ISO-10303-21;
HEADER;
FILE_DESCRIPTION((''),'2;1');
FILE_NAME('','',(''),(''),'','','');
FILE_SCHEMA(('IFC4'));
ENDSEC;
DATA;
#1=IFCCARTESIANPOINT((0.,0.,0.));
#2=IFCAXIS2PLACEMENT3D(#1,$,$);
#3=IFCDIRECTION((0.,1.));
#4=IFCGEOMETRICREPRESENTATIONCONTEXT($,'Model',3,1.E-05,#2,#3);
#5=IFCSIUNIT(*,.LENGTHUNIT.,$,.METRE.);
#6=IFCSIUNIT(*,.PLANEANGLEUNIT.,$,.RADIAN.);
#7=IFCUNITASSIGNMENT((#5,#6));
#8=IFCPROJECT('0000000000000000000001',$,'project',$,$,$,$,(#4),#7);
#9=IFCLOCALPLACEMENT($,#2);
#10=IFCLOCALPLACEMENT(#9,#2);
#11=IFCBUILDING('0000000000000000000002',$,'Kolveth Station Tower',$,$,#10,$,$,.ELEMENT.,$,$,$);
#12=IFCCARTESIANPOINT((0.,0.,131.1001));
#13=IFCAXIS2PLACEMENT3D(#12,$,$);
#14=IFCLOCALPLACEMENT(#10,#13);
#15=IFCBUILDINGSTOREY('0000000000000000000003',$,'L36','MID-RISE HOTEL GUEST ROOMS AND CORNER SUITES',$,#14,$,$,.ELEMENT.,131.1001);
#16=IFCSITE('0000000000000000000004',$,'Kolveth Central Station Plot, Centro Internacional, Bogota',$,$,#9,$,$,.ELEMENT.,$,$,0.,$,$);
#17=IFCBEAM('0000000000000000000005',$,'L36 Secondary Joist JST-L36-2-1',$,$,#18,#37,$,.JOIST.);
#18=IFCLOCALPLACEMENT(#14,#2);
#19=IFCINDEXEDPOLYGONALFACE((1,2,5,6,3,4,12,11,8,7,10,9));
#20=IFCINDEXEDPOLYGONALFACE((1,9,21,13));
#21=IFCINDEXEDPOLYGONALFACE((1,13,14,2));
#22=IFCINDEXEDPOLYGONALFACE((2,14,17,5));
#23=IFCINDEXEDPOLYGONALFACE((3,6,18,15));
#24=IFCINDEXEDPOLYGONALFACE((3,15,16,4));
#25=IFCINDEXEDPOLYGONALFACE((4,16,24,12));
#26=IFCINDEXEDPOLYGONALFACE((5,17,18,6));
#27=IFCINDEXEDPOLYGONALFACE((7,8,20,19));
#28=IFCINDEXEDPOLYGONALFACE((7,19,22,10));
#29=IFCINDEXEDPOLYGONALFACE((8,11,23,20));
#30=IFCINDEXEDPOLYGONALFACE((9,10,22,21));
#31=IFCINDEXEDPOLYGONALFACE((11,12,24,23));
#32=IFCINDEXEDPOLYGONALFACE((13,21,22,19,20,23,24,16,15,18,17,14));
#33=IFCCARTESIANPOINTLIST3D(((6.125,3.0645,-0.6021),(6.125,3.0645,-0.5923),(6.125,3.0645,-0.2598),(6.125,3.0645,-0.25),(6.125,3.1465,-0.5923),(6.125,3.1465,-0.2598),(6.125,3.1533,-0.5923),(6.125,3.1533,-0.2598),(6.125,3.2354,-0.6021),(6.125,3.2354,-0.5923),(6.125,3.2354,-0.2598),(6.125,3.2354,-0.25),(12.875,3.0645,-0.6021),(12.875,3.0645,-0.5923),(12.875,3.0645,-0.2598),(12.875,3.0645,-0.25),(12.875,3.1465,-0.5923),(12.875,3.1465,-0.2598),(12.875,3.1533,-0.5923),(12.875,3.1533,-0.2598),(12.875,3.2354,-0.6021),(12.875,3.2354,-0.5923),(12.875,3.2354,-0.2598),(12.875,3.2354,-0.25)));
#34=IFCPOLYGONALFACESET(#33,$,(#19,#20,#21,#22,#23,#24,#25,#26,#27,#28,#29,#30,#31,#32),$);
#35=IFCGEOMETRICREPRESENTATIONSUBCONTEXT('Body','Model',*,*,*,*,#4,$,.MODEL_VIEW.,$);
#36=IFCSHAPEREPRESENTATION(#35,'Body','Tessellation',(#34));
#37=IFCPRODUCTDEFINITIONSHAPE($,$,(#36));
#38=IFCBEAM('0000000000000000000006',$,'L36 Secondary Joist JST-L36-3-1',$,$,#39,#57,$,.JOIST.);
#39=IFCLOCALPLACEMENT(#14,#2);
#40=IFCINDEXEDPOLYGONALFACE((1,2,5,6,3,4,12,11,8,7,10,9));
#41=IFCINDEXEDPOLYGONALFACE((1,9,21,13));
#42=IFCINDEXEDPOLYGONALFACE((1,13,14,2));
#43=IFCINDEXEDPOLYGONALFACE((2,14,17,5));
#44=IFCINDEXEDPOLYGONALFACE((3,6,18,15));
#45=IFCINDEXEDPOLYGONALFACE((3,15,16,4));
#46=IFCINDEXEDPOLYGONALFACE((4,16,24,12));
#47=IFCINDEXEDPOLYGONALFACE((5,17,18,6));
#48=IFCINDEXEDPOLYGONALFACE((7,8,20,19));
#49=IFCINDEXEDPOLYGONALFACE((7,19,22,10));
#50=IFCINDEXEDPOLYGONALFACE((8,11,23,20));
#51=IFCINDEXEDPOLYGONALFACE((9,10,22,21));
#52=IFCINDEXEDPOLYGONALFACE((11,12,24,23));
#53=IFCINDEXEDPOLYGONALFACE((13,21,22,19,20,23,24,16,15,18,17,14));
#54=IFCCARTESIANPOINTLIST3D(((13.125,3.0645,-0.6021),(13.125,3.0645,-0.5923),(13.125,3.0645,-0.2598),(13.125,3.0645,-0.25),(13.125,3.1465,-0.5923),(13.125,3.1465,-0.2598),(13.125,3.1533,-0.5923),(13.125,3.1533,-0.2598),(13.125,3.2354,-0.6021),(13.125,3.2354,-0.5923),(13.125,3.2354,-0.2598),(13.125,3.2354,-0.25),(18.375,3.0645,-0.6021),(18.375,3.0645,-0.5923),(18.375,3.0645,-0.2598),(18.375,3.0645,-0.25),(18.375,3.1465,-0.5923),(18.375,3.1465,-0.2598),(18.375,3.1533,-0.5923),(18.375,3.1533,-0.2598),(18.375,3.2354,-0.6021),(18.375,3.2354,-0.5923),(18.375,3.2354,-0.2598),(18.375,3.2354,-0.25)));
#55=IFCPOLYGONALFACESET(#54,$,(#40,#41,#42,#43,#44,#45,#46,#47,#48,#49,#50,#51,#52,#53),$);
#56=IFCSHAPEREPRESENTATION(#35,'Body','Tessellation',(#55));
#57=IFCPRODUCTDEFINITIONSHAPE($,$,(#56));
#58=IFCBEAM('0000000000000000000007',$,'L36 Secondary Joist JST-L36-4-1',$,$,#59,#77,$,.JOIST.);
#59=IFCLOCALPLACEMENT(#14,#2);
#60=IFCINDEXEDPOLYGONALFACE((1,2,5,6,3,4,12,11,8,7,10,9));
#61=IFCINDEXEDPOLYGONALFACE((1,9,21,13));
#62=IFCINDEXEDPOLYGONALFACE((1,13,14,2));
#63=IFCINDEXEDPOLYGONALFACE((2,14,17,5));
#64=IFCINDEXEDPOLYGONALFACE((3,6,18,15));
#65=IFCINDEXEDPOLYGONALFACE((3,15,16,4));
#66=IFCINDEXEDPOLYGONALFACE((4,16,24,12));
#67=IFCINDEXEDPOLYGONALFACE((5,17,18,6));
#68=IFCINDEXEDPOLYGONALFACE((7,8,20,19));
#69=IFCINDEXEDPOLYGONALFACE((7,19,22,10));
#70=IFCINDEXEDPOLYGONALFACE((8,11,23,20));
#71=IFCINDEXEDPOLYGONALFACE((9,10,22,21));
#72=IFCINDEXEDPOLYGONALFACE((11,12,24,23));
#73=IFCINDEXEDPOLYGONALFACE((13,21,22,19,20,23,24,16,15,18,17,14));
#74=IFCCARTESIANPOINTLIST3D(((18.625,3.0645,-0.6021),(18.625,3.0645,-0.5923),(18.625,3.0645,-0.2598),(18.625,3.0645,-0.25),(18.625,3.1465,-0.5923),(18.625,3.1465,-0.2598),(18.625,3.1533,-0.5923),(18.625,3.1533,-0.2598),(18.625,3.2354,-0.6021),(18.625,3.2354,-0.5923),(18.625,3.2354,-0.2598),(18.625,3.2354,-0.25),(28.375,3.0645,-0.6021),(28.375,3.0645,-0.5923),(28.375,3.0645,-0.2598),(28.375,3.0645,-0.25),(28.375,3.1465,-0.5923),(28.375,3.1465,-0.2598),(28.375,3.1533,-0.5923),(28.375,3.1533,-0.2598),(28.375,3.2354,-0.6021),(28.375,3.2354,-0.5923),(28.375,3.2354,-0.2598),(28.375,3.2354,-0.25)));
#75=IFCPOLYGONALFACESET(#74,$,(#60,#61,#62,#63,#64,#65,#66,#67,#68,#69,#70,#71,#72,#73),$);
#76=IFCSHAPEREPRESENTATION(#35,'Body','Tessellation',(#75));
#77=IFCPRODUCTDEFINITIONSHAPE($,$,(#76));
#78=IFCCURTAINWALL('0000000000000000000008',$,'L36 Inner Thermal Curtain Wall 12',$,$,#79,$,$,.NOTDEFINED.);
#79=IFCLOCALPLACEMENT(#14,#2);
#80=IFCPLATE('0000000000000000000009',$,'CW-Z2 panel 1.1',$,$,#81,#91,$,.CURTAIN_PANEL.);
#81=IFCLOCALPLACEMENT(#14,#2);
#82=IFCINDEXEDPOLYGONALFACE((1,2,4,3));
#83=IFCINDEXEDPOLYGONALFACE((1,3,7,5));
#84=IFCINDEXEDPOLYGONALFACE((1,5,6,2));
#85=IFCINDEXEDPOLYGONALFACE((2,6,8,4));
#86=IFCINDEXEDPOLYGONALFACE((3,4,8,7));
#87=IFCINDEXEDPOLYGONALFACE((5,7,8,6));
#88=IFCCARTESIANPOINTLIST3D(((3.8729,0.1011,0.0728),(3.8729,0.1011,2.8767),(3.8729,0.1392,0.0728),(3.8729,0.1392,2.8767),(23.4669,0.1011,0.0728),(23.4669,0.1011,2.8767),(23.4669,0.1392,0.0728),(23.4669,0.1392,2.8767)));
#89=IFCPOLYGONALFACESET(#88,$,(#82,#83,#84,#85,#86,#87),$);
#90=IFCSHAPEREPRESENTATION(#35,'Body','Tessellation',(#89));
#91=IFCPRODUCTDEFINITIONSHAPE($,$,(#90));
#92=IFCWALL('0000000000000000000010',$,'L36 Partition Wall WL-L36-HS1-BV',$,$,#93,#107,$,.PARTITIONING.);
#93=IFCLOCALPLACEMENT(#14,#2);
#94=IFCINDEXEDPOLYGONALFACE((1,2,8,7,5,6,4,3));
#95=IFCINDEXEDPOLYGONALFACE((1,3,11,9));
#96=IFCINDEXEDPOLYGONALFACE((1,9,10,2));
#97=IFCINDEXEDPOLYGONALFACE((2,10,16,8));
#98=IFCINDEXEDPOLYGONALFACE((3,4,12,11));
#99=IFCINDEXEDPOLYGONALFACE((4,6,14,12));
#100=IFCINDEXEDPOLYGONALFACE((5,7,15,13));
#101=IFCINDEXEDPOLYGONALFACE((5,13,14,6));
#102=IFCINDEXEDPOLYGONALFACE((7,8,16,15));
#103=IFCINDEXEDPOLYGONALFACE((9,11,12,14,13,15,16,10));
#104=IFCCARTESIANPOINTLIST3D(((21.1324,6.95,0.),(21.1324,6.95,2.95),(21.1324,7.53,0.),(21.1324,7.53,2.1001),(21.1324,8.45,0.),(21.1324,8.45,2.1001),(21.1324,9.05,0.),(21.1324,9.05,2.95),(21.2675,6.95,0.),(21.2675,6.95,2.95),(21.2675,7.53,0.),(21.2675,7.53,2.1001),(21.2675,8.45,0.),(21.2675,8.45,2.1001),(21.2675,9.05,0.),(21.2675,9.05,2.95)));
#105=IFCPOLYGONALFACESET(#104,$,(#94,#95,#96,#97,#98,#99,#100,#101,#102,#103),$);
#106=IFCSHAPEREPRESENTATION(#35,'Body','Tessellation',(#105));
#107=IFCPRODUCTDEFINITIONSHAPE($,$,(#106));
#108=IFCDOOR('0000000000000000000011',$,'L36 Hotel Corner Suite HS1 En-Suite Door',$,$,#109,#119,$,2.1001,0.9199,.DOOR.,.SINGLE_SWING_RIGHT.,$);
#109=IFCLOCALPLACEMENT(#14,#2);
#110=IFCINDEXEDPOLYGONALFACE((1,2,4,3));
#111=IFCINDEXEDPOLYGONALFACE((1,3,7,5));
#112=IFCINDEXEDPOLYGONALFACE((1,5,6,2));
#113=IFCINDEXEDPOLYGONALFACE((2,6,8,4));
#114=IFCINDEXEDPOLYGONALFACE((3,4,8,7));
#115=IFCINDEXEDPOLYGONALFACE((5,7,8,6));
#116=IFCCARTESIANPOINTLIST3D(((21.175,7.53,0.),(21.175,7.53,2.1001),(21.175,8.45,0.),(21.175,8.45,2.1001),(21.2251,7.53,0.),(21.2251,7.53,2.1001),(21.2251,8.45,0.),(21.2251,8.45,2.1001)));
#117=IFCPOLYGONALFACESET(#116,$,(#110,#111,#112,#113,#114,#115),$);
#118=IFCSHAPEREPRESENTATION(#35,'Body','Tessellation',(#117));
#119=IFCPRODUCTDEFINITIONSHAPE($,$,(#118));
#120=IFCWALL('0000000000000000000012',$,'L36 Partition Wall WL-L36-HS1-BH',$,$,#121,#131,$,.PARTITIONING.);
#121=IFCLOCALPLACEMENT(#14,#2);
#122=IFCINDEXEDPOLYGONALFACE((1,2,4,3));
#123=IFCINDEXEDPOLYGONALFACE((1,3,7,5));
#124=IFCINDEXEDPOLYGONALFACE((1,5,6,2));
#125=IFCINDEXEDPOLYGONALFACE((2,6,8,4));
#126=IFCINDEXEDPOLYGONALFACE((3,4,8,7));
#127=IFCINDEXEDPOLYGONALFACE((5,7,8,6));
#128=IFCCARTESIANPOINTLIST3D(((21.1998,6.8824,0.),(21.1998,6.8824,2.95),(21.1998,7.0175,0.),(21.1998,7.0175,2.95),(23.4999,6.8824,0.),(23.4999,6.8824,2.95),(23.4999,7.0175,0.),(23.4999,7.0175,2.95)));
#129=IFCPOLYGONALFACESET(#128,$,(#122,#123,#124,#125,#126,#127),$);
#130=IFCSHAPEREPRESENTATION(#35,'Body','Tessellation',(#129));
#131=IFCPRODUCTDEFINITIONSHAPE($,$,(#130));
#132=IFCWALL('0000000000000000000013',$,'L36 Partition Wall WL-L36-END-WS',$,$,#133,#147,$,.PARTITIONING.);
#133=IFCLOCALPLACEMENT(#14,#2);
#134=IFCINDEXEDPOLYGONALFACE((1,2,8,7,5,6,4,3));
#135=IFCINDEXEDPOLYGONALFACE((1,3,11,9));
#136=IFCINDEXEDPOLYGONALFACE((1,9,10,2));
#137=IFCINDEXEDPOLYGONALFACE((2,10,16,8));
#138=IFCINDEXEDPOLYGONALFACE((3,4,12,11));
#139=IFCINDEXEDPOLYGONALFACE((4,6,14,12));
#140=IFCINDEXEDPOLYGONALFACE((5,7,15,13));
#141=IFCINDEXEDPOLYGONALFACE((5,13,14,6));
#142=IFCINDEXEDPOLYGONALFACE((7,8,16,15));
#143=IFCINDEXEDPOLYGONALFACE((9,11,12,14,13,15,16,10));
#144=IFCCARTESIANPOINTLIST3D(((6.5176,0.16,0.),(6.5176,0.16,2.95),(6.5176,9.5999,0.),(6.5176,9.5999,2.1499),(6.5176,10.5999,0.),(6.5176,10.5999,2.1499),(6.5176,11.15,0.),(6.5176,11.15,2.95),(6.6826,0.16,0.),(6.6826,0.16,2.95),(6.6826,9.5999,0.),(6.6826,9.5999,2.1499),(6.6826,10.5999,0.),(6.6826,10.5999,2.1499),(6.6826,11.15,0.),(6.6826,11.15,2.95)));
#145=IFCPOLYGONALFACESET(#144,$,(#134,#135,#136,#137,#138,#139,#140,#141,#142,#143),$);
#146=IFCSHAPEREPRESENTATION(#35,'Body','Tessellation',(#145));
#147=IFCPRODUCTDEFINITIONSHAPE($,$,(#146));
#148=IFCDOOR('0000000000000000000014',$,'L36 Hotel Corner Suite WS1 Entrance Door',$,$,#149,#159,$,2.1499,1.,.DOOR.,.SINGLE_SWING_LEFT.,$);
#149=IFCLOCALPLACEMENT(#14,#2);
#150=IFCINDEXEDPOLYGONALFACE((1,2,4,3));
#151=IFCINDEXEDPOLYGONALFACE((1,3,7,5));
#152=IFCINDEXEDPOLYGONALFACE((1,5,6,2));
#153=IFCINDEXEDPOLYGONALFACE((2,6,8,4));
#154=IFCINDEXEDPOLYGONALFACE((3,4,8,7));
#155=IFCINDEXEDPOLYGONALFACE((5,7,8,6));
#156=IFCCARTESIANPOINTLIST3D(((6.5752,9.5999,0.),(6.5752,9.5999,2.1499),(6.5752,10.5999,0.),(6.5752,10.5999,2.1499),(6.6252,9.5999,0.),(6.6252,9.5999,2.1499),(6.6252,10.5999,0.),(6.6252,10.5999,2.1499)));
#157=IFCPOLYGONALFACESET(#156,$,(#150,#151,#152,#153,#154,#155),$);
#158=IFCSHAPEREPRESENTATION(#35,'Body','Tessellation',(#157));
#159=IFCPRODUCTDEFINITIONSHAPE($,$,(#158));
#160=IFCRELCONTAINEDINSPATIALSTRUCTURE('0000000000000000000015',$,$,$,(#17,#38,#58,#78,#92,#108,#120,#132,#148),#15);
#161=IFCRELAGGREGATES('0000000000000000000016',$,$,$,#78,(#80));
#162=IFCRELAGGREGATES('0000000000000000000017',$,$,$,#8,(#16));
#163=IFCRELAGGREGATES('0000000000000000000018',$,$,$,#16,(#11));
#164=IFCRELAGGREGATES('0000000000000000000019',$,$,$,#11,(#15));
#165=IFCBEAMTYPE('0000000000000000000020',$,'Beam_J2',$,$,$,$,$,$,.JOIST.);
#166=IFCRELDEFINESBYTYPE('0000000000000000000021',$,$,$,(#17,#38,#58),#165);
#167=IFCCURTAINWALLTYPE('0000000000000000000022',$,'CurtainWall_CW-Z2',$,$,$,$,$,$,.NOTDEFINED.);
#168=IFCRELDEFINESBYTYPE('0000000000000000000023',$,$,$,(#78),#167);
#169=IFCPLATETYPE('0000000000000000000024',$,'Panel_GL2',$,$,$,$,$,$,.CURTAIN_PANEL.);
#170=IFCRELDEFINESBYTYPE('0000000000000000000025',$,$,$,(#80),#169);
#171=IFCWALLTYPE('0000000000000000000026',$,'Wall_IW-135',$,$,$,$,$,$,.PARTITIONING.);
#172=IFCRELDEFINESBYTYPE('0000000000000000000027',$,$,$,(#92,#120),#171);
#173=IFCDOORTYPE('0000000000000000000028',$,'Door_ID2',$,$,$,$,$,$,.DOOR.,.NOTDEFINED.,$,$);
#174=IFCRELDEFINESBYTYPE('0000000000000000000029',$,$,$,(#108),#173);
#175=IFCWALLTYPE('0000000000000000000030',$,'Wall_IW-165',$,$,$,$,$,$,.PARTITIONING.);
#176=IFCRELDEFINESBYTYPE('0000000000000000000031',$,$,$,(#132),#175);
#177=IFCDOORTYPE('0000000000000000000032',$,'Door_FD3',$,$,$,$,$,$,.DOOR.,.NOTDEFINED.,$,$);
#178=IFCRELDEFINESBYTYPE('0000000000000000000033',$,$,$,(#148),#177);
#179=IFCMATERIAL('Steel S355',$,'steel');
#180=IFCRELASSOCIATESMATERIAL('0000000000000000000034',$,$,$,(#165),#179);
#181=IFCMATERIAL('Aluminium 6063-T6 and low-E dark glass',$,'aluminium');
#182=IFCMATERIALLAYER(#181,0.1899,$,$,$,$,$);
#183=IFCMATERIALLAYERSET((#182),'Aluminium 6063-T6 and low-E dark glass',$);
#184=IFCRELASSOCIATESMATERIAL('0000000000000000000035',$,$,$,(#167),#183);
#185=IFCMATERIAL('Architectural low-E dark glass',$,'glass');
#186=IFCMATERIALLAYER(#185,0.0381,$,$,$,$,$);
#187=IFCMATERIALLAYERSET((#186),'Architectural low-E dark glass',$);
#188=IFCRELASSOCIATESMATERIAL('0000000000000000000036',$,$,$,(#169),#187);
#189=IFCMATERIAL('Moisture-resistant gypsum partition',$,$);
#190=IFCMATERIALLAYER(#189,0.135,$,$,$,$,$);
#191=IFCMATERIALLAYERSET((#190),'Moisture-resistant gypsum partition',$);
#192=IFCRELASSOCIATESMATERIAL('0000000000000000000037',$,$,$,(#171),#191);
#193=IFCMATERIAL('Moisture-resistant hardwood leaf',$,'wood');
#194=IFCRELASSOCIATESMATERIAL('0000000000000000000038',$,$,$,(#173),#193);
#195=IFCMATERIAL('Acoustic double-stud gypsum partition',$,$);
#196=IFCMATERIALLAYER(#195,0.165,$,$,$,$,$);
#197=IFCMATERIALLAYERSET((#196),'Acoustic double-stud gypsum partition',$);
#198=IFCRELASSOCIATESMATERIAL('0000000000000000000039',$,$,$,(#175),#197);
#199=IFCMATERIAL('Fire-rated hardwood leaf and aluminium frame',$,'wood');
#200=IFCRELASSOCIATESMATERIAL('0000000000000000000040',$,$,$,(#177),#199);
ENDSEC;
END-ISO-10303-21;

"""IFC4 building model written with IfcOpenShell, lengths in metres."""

from ifc_helpers import new_model, si_unit, direction, frame, frame_2d, origin, origin_2d, place, context, subcontext, project, spatial, rectangle, i_section, extrude, source, transform, mapped, material, layer, layer_set, material_profile, profile_set, type_object, element, fill, aggregate, save


model = new_model("IFC4")

# Units and contexts
model_context = context("Model", 3, precision=1e-05, world=origin(), true_north=direction((0.0, 1.0)))
body_context = subcontext(model_context, "Body", "Model", "MODEL_VIEW")
ifc_project = project(units=[si_unit("LENGTHUNIT", "METRE"), si_unit("PLANEANGLEUNIT", "RADIAN")], contexts=[model_context])

# Site, building, storey
site_placement = place(None, origin())
site = spatial("IfcSite", under=ifc_project, at=site_placement, Name="Kolveth Central Station Plot, Centro Internacional, Bogota", CompositionType="ELEMENT", RefElevation=0.0)
building_placement = place(site_placement, origin())
building = spatial("IfcBuilding", under=site, at=building_placement, Name="Kolveth Station Tower", CompositionType="ELEMENT")
storey_placement = place(building_placement, frame((0.0, 0.0, 131.1001)))
storey = spatial("IfcBuildingStorey", under=building, at=storey_placement, Name="L36", Description="MID-RISE HOTEL GUEST ROOMS AND CORNER SUITES", CompositionType="ELEMENT", Elevation=131.1001)

# Beams
ifc_material_1 = material(Name="Steel S355", Category="steel")
ifc_material_profile_1 = material_profile(ifc_material_1, i_section(OverallWidth=0.1709, OverallDepth=0.3521, WebThickness=0.0068, FlangeThickness=0.0098, at=origin_2d()), Name="W360x44")
ifc_profile_set_1 = profile_set([ifc_material_profile_1], Name="Steel S355")
beam_type_1 = type_object("IfcBeamType", Name="Beam_J2", PredefinedType="JOIST", material=ifc_profile_set_1)
shared_shape_1 = source(origin(), body_context, "Body", "SweptSolid", [
    extrude(i_section(OverallWidth=0.1709, OverallDepth=0.3521, WebThickness=0.0068, FlangeThickness=0.0098, at=origin_2d()), origin(), (0.0, 0.0, 1.0), 6.75),
])
beam_1_placement = place(storey_placement, frame((6.125, 3.1499, -0.426), z_axis=(1.0, 0.0, 0.0), x_axis=(0.0, 1.0, 0.0)))
element("IfcBeam", 1, at=beam_1_placement, inside=storey, type_object=beam_type_1, Name="L36 Secondary Joist JST-L36-2-1", PredefinedType="JOIST", context=body_context, shape_type="MappedRepresentation", body=[
    mapped(shared_shape_1, transform((0.0, 0.0, 0.0), x_axis=(1.0, 0.0, 0.0), y_axis=(0.0, 1.0, 0.0), z_axis=(0.0, 0.0, 1.0), scale=1.0)),
])
shared_shape_2 = source(origin(), body_context, "Body", "SweptSolid", [
    extrude(i_section(OverallWidth=0.1709, OverallDepth=0.3521, WebThickness=0.0068, FlangeThickness=0.0098, at=origin_2d()), origin(), (0.0, 0.0, 1.0), 5.25),
])
beam_2_placement = place(storey_placement, frame((13.125, 3.1499, -0.426), z_axis=(1.0, 0.0, 0.0), x_axis=(0.0, 1.0, 0.0)))
element("IfcBeam", 2, at=beam_2_placement, inside=storey, type_object=beam_type_1, Name="L36 Secondary Joist JST-L36-3-1", PredefinedType="JOIST", context=body_context, shape_type="MappedRepresentation", body=[
    mapped(shared_shape_2, transform((0.0, 0.0, 0.0), x_axis=(1.0, 0.0, 0.0), y_axis=(0.0, 1.0, 0.0), z_axis=(0.0, 0.0, 1.0), scale=1.0)),
])
shared_shape_3 = source(origin(), body_context, "Body", "SweptSolid", [
    extrude(i_section(OverallWidth=0.1709, OverallDepth=0.3521, WebThickness=0.0068, FlangeThickness=0.0098, at=origin_2d()), origin(), (0.0, 0.0, 1.0), 9.75),
])
beam_3_placement = place(storey_placement, frame((18.625, 3.1499, -0.426), z_axis=(1.0, 0.0, 0.0), x_axis=(0.0, 1.0, 0.0)))
element("IfcBeam", 3, at=beam_3_placement, inside=storey, type_object=beam_type_1, Name="L36 Secondary Joist JST-L36-4-1", PredefinedType="JOIST", context=body_context, shape_type="MappedRepresentation", body=[
    mapped(shared_shape_3, transform((0.0, 0.0, 0.0), x_axis=(1.0, 0.0, 0.0), y_axis=(0.0, 1.0, 0.0), z_axis=(0.0, 0.0, 1.0), scale=1.0)),
])

# Curtain wall, plate
ifc_material_2 = material(Name="Aluminium 6063-T6 and low-E dark glass", Category="aluminium")
ifc_layer_1 = layer(ifc_material_2, 0.1899)
ifc_layer_set_1 = layer_set([ifc_layer_1], Name="Aluminium 6063-T6 and low-E dark glass")
curtain_wall_type = type_object("IfcCurtainWallType", Name="CurtainWall_CW-Z2", PredefinedType="NOTDEFINED", material=ifc_layer_set_1)
curtain_wall_placement = place(storey_placement, origin())
curtain_wall = element("IfcCurtainWall", 4, at=curtain_wall_placement, inside=storey, type_object=curtain_wall_type, Name="L36 Inner Thermal Curtain Wall 12", PredefinedType="NOTDEFINED")
ifc_material_3 = material(Name="Architectural low-E dark glass", Category="glass")
ifc_layer_2 = layer(ifc_material_3, 0.0381)
ifc_layer_set_2 = layer_set([ifc_layer_2], Name="Architectural low-E dark glass")
plate_type = type_object("IfcPlateType", Name="Panel_GL2", PredefinedType="CURTAIN_PANEL", material=ifc_layer_set_2)
shared_shape_4 = source(origin(), body_context, "Body", "SweptSolid", [
    extrude(rectangle(XDim=19.594, YDim=0.0381, at=origin_2d()), origin(), (0.0, 0.0, 1.0), 2.804),
])
plate_placement = place(storey_placement, frame((13.6699, 0.1201, 0.0728), z_axis=(0.0, 0.0, 1.0), x_axis=(1.0, 0.0, 0.0)))
plate = element("IfcPlate", 5, at=plate_placement, type_object=plate_type, Name="CW-Z2 panel 1.1", PredefinedType="CURTAIN_PANEL", context=body_context, shape_type="MappedRepresentation", body=[
    mapped(shared_shape_4, transform((0.0, 0.0, 0.0), x_axis=(1.0, 0.0, 0.0), y_axis=(0.0, 1.0, 0.0), z_axis=(0.0, 0.0, 1.0), scale=1.0)),
])
aggregate(curtain_wall, [plate])

# Wall, opening, door
ifc_material_4 = material(Name="Moisture-resistant gypsum partition")
ifc_layer_3 = layer(ifc_material_4, 0.135)
ifc_layer_set_3 = layer_set([ifc_layer_3], Name="Moisture-resistant gypsum partition")
wall_type_1 = type_object("IfcWallType", Name="Wall_IW-135", PredefinedType="PARTITIONING", material=ifc_layer_set_3)
wall_1_placement = place(storey_placement, frame((21.2, 6.95, 0.0), z_axis=(0.0, 0.0, 1.0), x_axis=(0.0, 1.0, 0.0)))
wall_1 = element("IfcWall", 6, at=wall_1_placement, inside=storey, type_object=wall_type_1, Name="L36 Partition Wall WL-L36-HS1-BV", PredefinedType="PARTITIONING", context=body_context, shape_type="SweptSolid", body=[
    extrude(rectangle(XDim=2.1001, YDim=0.135, at=frame_2d((1.05, 0.0))), origin(), (0.0, 0.0, 1.0), 2.95),
])
opening_1_placement = place(wall_1_placement, frame((0.5801, 0.0, 0.0)))
opening_1 = element("IfcOpeningElement", 7, at=opening_1_placement, cuts=wall_1, PredefinedType="OPENING", context=body_context, shape_type="SweptSolid", body=[
    extrude(rectangle(XDim=0.9199, YDim=2.1001, at=frame_2d((0.46, 1.05))), frame((0.0, 0.0774, 0.0), z_axis=(0.0, -1.0, 0.0), x_axis=(1.0, 0.0, 0.0)), (0.0, 0.0, 1.0), 0.155),
])
ifc_material_5 = material(Name="Moisture-resistant hardwood leaf", Category="wood")
door_type_1 = type_object("IfcDoorType", Name="Door_ID2", OperationType="NOTDEFINED", PredefinedType="DOOR", material=ifc_material_5)
door_1_placement = place(opening_1_placement, origin())
door_1 = element("IfcDoor", 8, at=door_1_placement, inside=storey, type_object=door_type_1, Name="L36 Hotel Corner Suite HS1 En-Suite Door", OperationType="SINGLE_SWING_RIGHT", OverallHeight=2.1001, OverallWidth=0.9199, PredefinedType="DOOR", context=body_context, shape_type="SweptSolid", body=[
    extrude(rectangle(XDim=0.9199, YDim=2.1001, at=frame_2d((0.46, 1.05))), frame((0.0, 0.0249, 0.0), z_axis=(0.0, -1.0, 0.0), x_axis=(1.0, 0.0, 0.0)), (0.0, 0.0, 1.0), 0.05),
])
fill(opening_1, door_1)

# Wall
wall_2_placement = place(storey_placement, frame((21.2, 6.95, 0.0), z_axis=(0.0, 0.0, 1.0), x_axis=(1.0, 0.0, 0.0)))
element("IfcWall", 9, at=wall_2_placement, inside=storey, type_object=wall_type_1, Name="L36 Partition Wall WL-L36-HS1-BH", PredefinedType="PARTITIONING", context=body_context, shape_type="SweptSolid", body=[
    extrude(rectangle(XDim=2.3, YDim=0.135, at=frame_2d((1.1499, 0.0))), origin(), (0.0, 0.0, 1.0), 2.95),
])

# Wall, opening, door
ifc_material_6 = material(Name="Acoustic double-stud gypsum partition")
ifc_layer_4 = layer(ifc_material_6, 0.165)
ifc_layer_set_4 = layer_set([ifc_layer_4], Name="Acoustic double-stud gypsum partition")
wall_type_2 = type_object("IfcWallType", Name="Wall_IW-165", PredefinedType="PARTITIONING", material=ifc_layer_set_4)
wall_3_placement = place(storey_placement, frame((6.6001, 0.1599, 0.0), z_axis=(0.0, 0.0, 1.0), x_axis=(0.0, 1.0, 0.0)))
wall_3 = element("IfcWall", 10, at=wall_3_placement, inside=storey, type_object=wall_type_2, Name="L36 Partition Wall WL-L36-END-WS", PredefinedType="PARTITIONING", context=body_context, shape_type="SweptSolid", body=[
    extrude(rectangle(XDim=10.99, YDim=0.165, at=frame_2d((5.4951, 0.0))), origin(), (0.0, 0.0, 1.0), 2.95),
])
opening_2_placement = place(wall_3_placement, frame((9.4399, 0.0, 0.0)))
opening_2 = element("IfcOpeningElement", 11, at=opening_2_placement, cuts=wall_3, PredefinedType="OPENING", context=body_context, shape_type="SweptSolid", body=[
    extrude(rectangle(XDim=1.0, YDim=2.1499, at=frame_2d((0.5, 1.075))), frame((0.0, 0.0925, 0.0), z_axis=(0.0, -1.0, 0.0), x_axis=(1.0, 0.0, 0.0)), (0.0, 0.0, 1.0), 0.1851),
])
ifc_material_7 = material(Name="Fire-rated hardwood leaf and aluminium frame", Category="wood")
door_type_2 = type_object("IfcDoorType", Name="Door_FD3", OperationType="NOTDEFINED", PredefinedType="DOOR", material=ifc_material_7)
door_2_placement = place(opening_2_placement, origin())
door_2 = element("IfcDoor", 12, at=door_2_placement, inside=storey, type_object=door_type_2, Name="L36 Hotel Corner Suite WS1 Entrance Door", OperationType="SINGLE_SWING_LEFT", OverallHeight=2.1499, OverallWidth=1.0, PredefinedType="DOOR", context=body_context, shape_type="SweptSolid", body=[
    extrude(rectangle(XDim=1.0, YDim=2.1499, at=frame_2d((0.5, 1.075))), frame((0.0, 0.0249, 0.0), z_axis=(0.0, -1.0, 0.0), x_axis=(1.0, 0.0, 0.0)), (0.0, 0.0, 1.0), 0.05),
])
fill(opening_2, door_2)

save(model, "model.ifc")
